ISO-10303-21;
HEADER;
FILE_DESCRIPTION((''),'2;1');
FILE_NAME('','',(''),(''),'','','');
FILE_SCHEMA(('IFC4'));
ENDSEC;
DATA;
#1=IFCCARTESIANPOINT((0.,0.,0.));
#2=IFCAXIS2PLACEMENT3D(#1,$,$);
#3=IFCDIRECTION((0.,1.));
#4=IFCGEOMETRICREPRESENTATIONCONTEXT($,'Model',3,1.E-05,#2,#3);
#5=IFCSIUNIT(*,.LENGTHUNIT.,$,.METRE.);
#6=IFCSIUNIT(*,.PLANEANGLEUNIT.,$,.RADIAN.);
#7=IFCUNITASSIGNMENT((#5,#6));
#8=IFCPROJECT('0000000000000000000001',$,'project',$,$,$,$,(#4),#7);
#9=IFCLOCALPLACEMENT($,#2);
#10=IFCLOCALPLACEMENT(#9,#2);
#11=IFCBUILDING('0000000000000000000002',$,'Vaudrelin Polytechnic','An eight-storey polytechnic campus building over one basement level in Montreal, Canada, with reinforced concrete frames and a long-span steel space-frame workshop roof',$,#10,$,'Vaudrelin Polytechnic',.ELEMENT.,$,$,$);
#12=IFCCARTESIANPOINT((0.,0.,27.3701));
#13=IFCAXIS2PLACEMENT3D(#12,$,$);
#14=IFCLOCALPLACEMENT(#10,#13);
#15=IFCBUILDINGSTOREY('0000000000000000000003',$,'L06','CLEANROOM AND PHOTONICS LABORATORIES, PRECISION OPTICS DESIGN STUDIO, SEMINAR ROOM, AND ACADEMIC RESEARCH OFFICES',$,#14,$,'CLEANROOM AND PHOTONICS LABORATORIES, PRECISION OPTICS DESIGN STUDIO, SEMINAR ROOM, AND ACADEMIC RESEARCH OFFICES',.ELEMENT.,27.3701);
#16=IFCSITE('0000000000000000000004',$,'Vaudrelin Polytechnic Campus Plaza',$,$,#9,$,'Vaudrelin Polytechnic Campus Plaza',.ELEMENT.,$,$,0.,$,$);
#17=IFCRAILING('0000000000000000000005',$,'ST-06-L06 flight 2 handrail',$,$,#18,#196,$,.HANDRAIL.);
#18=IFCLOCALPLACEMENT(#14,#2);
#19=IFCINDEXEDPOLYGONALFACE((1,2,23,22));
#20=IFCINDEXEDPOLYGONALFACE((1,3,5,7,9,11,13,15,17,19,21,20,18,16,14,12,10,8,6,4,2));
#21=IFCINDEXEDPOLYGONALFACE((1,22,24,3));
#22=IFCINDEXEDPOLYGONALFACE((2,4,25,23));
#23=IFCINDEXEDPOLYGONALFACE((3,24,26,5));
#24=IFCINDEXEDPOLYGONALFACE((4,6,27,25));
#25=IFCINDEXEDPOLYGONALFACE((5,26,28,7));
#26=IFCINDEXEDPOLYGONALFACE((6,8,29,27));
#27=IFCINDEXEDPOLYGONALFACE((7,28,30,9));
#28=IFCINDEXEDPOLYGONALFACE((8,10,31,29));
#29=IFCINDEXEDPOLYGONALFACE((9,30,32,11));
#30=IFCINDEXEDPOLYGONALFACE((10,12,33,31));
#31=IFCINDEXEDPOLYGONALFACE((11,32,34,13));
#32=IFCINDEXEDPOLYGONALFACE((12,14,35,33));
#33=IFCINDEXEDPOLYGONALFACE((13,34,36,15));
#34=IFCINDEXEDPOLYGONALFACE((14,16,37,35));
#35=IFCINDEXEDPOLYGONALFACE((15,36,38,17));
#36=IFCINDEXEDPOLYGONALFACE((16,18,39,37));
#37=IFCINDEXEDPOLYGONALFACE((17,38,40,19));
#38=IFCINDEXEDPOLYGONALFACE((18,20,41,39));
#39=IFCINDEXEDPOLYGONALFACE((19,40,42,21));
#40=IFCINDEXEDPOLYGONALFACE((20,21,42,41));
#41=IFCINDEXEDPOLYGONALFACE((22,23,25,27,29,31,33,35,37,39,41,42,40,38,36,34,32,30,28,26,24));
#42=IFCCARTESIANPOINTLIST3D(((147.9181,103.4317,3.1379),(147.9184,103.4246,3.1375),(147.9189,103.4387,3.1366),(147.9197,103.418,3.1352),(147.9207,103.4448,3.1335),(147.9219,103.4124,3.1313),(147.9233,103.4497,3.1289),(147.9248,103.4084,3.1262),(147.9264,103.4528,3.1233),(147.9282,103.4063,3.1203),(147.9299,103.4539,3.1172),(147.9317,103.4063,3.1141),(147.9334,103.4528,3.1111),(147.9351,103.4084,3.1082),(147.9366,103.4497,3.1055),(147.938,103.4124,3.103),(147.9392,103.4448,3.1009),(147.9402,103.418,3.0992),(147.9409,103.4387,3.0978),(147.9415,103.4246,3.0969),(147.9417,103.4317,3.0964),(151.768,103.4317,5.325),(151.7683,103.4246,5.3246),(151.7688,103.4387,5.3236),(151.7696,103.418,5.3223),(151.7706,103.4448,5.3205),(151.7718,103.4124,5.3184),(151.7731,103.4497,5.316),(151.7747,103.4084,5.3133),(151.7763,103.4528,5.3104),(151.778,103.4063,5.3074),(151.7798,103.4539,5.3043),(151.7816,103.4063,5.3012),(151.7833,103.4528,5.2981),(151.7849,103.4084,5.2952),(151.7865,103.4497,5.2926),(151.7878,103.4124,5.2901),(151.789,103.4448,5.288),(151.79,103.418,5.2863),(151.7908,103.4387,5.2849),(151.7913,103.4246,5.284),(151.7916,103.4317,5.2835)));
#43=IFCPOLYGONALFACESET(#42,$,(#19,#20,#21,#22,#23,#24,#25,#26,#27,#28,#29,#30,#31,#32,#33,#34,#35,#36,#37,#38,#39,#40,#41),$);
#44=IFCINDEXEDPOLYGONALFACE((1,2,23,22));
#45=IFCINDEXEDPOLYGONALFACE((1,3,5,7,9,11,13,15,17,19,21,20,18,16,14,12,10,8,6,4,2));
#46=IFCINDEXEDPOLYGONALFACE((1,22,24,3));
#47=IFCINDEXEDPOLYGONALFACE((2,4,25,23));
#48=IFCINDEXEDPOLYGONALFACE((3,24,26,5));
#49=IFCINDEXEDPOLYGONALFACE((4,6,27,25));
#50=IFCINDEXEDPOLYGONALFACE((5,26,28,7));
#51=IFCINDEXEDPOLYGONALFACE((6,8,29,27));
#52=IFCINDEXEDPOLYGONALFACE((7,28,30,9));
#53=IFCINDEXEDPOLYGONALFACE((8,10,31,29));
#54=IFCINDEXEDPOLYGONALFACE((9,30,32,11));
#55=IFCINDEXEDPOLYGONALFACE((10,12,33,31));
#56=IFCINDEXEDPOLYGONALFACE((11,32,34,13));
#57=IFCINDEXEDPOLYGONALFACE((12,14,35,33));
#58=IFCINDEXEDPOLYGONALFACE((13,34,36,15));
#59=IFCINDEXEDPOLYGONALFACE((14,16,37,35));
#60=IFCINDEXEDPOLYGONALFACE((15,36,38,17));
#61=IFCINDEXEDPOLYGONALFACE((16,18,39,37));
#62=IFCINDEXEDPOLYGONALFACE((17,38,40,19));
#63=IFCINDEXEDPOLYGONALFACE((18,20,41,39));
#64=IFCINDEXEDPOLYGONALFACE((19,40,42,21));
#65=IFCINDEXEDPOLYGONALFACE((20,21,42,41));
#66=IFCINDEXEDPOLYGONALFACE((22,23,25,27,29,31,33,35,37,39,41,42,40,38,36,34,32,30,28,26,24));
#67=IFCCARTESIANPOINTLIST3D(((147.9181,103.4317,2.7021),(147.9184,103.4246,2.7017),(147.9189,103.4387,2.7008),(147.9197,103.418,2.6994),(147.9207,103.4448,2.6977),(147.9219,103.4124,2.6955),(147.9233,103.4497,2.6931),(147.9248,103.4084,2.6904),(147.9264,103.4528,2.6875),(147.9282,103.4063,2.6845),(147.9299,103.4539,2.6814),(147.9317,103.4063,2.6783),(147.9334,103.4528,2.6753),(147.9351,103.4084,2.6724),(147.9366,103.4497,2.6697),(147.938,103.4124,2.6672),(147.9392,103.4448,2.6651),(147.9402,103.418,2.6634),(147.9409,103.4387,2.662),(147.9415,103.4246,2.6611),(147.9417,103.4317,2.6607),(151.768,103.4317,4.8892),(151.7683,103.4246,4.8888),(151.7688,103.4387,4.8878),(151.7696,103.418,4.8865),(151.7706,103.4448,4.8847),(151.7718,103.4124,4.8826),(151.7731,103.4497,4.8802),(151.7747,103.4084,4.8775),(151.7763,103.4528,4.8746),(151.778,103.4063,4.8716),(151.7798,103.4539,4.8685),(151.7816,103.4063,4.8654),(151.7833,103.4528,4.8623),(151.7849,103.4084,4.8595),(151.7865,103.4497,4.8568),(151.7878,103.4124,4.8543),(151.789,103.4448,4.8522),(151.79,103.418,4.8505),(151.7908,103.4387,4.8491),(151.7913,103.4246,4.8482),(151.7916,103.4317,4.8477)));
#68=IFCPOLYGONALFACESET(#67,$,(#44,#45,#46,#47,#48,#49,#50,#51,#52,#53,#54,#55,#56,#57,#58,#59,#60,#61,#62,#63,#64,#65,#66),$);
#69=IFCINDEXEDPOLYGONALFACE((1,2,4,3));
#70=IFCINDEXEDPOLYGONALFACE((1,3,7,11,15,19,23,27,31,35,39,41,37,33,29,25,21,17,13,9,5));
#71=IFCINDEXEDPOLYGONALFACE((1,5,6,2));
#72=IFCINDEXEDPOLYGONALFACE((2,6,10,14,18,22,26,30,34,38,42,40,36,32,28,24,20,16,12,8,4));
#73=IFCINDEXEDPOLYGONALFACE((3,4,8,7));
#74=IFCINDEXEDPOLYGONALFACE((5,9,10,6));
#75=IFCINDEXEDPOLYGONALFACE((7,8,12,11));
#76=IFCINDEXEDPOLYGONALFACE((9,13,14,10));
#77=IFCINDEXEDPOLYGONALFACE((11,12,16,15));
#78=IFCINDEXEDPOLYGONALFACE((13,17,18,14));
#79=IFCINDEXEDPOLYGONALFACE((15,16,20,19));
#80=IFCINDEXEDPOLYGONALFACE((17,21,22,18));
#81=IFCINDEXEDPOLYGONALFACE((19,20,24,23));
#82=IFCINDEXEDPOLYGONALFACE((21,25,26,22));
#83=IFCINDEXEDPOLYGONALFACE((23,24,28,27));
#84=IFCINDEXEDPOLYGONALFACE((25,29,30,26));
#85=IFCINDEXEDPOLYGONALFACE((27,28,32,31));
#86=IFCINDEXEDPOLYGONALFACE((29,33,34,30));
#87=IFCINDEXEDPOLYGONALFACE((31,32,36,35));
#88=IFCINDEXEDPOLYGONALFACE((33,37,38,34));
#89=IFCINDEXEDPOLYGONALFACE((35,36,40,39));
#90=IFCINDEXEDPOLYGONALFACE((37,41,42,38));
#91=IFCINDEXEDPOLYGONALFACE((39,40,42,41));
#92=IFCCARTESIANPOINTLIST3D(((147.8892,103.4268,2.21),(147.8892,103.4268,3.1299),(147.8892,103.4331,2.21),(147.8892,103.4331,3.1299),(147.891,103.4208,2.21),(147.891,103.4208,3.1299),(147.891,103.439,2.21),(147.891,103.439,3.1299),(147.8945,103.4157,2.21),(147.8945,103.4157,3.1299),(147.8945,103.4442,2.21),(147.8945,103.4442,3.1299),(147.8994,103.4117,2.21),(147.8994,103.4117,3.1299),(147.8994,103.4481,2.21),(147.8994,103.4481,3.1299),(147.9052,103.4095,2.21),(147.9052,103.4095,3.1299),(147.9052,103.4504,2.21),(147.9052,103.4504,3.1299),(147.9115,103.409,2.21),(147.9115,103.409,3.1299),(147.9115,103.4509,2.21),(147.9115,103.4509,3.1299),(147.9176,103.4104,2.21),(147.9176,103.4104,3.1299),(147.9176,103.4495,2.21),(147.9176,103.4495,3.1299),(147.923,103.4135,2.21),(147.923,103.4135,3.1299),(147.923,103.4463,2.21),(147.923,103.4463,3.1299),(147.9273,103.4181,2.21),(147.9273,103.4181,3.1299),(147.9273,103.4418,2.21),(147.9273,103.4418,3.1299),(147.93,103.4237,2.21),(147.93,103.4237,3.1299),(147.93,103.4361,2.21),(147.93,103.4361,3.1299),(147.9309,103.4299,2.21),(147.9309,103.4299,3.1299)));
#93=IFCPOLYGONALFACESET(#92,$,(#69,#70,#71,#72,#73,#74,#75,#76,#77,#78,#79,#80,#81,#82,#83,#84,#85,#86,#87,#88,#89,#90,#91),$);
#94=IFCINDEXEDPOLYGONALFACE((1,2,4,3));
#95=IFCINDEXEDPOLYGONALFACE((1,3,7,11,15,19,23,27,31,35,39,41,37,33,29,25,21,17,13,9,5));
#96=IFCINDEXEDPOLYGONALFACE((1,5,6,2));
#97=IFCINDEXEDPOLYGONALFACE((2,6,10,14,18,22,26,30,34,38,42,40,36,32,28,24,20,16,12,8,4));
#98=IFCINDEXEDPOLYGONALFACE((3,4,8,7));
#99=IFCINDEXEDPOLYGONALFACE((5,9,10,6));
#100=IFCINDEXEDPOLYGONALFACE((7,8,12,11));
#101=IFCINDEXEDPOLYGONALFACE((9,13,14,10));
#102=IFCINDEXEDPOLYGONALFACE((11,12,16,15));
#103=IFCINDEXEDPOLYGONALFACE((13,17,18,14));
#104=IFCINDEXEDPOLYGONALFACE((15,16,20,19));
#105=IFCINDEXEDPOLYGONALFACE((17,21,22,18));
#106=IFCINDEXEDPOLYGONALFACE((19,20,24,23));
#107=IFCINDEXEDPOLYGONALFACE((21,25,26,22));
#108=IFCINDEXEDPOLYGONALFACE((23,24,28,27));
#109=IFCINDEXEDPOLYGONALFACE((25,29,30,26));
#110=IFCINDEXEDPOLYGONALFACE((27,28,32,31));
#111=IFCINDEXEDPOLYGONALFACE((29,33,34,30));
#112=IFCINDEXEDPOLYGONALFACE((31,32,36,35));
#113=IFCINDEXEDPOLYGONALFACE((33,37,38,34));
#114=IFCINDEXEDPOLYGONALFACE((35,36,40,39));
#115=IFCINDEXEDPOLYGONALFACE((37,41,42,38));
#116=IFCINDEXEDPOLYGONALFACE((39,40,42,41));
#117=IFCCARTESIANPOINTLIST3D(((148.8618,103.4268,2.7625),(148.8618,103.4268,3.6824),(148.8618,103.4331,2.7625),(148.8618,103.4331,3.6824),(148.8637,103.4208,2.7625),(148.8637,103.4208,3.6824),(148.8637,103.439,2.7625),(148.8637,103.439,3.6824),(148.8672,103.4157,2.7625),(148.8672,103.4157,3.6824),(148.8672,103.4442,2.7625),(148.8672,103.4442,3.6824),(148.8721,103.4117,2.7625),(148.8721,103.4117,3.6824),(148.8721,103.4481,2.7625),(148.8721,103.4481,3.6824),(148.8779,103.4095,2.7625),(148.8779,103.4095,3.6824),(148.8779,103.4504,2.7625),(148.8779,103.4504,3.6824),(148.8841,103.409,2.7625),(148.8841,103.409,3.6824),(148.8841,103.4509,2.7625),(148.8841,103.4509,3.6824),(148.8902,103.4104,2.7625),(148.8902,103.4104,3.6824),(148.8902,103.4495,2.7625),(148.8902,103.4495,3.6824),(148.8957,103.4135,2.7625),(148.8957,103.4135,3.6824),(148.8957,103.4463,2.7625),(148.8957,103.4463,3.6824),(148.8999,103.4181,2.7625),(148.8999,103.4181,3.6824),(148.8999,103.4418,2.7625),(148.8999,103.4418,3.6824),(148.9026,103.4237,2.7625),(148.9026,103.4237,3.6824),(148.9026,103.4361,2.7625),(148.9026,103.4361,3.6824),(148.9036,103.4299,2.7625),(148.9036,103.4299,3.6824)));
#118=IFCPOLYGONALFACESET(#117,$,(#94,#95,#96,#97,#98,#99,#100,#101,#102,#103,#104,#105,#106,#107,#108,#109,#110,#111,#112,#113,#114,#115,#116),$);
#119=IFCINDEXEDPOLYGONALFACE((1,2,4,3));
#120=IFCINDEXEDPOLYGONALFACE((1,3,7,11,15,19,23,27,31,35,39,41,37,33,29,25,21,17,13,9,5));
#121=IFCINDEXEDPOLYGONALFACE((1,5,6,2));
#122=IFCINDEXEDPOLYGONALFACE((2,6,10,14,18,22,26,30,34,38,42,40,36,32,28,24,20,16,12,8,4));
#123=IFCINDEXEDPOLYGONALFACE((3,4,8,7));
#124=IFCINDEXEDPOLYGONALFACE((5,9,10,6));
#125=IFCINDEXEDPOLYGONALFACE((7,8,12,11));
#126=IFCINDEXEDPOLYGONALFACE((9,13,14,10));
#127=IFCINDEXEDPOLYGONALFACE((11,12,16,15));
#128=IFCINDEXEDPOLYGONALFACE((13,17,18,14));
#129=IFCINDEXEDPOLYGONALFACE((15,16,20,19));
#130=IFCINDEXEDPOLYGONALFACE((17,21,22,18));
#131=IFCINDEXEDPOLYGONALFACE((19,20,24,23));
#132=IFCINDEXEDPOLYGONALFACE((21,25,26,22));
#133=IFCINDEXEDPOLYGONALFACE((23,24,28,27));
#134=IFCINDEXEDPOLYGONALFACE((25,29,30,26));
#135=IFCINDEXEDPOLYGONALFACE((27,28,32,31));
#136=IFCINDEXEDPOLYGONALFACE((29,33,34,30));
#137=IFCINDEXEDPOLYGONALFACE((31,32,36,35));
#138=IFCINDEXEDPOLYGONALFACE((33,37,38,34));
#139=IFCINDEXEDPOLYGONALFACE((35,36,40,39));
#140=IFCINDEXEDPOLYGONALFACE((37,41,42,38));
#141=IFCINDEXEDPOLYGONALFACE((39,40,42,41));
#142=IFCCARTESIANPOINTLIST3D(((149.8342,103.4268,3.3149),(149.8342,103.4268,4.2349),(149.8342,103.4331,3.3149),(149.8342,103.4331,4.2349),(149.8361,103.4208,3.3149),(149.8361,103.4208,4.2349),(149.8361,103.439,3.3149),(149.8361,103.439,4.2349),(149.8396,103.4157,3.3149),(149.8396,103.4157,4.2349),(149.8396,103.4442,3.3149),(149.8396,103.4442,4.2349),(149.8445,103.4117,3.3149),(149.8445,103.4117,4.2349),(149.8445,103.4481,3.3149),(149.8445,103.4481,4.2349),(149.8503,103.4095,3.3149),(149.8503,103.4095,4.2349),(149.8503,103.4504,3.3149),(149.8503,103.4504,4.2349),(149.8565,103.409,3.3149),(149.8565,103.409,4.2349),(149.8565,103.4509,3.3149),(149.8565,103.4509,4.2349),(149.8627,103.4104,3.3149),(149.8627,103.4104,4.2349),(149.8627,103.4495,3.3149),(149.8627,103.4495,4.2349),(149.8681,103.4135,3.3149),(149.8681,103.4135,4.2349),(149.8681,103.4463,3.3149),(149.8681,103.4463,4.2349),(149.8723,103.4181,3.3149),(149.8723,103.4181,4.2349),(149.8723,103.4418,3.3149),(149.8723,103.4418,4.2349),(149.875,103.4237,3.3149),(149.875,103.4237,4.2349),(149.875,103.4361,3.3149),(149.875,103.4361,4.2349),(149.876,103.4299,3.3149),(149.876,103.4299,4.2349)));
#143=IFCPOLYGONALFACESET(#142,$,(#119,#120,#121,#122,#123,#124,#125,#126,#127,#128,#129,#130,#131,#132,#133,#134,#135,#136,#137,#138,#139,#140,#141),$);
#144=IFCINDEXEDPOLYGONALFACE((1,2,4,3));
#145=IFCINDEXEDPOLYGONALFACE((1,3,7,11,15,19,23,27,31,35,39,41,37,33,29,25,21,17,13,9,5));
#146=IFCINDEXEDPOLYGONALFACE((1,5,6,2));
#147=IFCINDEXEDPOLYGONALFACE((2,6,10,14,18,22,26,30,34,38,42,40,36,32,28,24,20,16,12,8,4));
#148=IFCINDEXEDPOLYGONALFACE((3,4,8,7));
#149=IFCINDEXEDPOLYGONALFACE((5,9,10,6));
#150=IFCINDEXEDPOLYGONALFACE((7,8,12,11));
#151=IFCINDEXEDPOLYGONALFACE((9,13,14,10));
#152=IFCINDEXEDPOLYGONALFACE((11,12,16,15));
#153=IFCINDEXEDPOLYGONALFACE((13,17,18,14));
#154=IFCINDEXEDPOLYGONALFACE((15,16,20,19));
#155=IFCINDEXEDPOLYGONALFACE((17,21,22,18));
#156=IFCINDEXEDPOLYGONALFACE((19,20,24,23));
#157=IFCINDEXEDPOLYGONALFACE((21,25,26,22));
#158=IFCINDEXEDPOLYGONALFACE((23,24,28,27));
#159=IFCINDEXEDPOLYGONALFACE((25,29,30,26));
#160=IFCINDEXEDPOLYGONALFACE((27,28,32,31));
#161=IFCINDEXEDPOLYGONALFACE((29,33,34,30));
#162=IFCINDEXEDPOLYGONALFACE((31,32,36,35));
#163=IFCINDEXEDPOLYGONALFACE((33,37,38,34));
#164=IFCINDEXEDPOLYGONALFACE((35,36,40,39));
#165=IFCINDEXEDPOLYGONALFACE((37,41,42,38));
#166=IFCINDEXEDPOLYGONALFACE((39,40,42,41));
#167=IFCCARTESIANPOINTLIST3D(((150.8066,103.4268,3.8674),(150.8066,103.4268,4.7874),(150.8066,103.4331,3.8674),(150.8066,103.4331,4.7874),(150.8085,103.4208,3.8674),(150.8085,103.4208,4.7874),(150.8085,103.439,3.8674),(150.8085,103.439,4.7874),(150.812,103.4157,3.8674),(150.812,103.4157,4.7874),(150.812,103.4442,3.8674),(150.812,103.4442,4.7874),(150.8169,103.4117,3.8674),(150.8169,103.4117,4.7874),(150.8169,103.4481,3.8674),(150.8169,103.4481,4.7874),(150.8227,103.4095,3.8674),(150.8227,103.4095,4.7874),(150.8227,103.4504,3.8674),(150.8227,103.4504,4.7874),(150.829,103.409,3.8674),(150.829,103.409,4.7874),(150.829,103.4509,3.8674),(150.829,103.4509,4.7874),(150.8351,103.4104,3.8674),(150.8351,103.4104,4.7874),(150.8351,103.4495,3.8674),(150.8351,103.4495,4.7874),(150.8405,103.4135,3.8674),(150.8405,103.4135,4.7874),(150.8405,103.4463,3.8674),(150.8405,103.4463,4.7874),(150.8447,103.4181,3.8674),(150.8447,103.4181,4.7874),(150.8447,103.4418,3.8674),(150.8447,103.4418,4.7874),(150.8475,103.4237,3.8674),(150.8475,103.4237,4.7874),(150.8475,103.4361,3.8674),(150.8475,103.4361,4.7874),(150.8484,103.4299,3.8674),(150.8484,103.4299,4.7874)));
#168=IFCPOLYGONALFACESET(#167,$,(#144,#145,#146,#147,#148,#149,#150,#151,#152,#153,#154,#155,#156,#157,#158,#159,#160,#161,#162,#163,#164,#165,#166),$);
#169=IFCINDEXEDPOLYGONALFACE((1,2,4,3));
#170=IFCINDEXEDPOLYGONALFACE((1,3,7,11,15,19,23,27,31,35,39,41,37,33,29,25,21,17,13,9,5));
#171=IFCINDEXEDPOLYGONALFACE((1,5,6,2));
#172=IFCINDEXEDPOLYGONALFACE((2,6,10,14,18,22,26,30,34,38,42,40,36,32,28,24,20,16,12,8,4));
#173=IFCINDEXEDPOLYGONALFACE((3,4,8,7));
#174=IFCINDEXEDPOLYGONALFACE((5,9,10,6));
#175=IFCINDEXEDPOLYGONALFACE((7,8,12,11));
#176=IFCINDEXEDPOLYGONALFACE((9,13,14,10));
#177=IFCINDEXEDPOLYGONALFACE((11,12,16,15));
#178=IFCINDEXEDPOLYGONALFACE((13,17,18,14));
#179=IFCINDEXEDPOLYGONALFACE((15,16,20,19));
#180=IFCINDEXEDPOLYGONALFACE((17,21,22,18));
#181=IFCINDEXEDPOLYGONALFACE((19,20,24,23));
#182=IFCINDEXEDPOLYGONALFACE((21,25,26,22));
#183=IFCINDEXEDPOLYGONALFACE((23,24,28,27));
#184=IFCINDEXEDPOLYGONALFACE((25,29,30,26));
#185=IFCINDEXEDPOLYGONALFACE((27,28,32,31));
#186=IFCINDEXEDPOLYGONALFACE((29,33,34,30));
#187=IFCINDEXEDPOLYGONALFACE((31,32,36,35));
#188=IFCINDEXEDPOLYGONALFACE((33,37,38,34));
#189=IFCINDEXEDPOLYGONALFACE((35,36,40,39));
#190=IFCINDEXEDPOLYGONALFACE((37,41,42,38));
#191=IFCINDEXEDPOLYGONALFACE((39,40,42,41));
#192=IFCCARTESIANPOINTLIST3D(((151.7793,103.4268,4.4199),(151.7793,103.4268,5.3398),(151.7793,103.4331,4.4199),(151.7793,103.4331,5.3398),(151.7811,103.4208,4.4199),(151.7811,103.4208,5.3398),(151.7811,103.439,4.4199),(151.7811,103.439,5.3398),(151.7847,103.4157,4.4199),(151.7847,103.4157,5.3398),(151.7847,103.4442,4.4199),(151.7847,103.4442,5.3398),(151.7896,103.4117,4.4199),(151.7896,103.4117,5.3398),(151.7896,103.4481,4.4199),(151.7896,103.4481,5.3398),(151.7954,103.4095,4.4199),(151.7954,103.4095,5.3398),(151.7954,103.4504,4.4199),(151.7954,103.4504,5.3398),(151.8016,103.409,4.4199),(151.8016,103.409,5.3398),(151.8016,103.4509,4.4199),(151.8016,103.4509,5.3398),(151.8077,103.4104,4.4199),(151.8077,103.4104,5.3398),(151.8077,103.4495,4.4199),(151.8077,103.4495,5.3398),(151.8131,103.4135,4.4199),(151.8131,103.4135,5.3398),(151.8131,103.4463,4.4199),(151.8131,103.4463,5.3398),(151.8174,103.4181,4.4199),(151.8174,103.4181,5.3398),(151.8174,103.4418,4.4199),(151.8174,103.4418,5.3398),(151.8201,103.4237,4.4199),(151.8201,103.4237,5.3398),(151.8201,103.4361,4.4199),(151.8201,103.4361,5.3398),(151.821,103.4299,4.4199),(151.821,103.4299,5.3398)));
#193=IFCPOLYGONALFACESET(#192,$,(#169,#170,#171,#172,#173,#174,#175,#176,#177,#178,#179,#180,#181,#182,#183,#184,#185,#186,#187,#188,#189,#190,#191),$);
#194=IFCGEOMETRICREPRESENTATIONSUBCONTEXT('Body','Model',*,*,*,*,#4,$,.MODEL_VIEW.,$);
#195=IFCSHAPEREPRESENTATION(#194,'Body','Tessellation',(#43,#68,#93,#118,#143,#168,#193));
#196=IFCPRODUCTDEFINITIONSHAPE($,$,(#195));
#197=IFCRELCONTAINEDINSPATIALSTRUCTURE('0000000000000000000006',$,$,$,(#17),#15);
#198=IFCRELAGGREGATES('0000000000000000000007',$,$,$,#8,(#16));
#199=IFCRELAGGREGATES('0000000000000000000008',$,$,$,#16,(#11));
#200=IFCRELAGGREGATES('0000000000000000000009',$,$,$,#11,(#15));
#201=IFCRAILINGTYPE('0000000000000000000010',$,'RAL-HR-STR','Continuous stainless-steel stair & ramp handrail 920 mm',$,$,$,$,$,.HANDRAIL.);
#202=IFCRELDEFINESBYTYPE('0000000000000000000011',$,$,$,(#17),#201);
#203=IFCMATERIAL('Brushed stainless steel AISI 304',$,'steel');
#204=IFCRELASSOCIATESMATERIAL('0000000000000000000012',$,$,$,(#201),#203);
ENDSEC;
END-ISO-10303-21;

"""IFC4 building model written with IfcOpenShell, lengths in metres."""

from ifc_helpers import new_model, si_unit, direction, frame, origin, origin_2d, place, context, subcontext, project, spatial, circle, extrude, material, type_object, element, save


model = new_model("IFC4")

# Units and contexts
model_context = context("Model", 3, precision=1e-05, world=origin(), true_north=direction((0.0, 1.0)))
body_context = subcontext(model_context, "Body", "Model", "MODEL_VIEW")
ifc_project = project(units=[si_unit("LENGTHUNIT", "METRE"), si_unit("PLANEANGLEUNIT", "RADIAN")], contexts=[model_context])

# Site, building, storey
site_placement = place(None, origin())
site = spatial("IfcSite", under=ifc_project, at=site_placement, Name="Vaudrelin Polytechnic Campus Plaza", LongName="Vaudrelin Polytechnic Campus Plaza", CompositionType="ELEMENT", RefElevation=0.0)
building_placement = place(site_placement, origin())
building = spatial("IfcBuilding", under=site, at=building_placement, Name="Vaudrelin Polytechnic", Description="An eight-storey polytechnic campus building over one basement level in Montreal, Canada, with reinforced concrete frames and a long-span steel space-frame workshop roof", LongName="Vaudrelin Polytechnic", CompositionType="ELEMENT")
storey_placement = place(building_placement, frame((0.0, 0.0, 27.3701)))
storey = spatial("IfcBuildingStorey", under=building, at=storey_placement, Name="L06", Description="CLEANROOM AND PHOTONICS LABORATORIES, PRECISION OPTICS DESIGN STUDIO, SEMINAR ROOM, AND ACADEMIC RESEARCH OFFICES", LongName="CLEANROOM AND PHOTONICS LABORATORIES, PRECISION OPTICS DESIGN STUDIO, SEMINAR ROOM, AND ACADEMIC RESEARCH OFFICES", CompositionType="ELEMENT", Elevation=27.3701)

# Shared definitions
ifc_material_1 = material(Name="Brushed stainless steel AISI 304", Category="steel")

# Railing
railing_type_1 = type_object("IfcRailingType", Name="RAL-HR-STR", Description="Continuous stainless-steel stair & ramp handrail 920 mm", PredefinedType="HANDRAIL", material=ifc_material_1)
railing_1_placement = place(storey_placement, frame((147.9099, 103.4299, 2.21)))
element("IfcRailing", 1, at=railing_1_placement, inside=storey, type_object=railing_type_1, Name="ST-06-L06 flight 2 handrail", PredefinedType="HANDRAIL", context=body_context, shape_type="SweptSolid", body=[
    extrude(circle(Radius=0.0239, at=origin_2d()), frame((0.02, 0.0, 0.9072), z_axis=(0.86949, 0.0, 0.493951), x_axis=(0.0, 1.0, 0.0)), (0.0, 0.0, 1.0), 4.4277),
    extrude(circle(Radius=0.0239, at=origin_2d()), frame((0.02, 0.0, 0.4714), z_axis=(0.86949, 0.0, 0.493951), x_axis=(0.0, 1.0, 0.0)), (0.0, 0.0, 1.0), 4.4277),
    extrude(circle(Radius=0.021, at=origin_2d()), origin(), (0.0, 0.0, 1.0), 0.9199),
    extrude(circle(Radius=0.021, at=origin_2d()), frame((0.9727, 0.0, 0.5525)), (0.0, 0.0, 1.0), 0.9199),
    extrude(circle(Radius=0.021, at=origin_2d()), frame((1.9451, 0.0, 1.105)), (0.0, 0.0, 1.0), 0.9199),
    extrude(circle(Radius=0.021, at=origin_2d()), frame((2.9175, 0.0, 1.6575)), (0.0, 0.0, 1.0), 0.9199),
    extrude(circle(Radius=0.021, at=origin_2d()), frame((3.8901, 0.0, 2.21)), (0.0, 0.0, 1.0), 0.9199),
])

save(model, "model.ifc")
